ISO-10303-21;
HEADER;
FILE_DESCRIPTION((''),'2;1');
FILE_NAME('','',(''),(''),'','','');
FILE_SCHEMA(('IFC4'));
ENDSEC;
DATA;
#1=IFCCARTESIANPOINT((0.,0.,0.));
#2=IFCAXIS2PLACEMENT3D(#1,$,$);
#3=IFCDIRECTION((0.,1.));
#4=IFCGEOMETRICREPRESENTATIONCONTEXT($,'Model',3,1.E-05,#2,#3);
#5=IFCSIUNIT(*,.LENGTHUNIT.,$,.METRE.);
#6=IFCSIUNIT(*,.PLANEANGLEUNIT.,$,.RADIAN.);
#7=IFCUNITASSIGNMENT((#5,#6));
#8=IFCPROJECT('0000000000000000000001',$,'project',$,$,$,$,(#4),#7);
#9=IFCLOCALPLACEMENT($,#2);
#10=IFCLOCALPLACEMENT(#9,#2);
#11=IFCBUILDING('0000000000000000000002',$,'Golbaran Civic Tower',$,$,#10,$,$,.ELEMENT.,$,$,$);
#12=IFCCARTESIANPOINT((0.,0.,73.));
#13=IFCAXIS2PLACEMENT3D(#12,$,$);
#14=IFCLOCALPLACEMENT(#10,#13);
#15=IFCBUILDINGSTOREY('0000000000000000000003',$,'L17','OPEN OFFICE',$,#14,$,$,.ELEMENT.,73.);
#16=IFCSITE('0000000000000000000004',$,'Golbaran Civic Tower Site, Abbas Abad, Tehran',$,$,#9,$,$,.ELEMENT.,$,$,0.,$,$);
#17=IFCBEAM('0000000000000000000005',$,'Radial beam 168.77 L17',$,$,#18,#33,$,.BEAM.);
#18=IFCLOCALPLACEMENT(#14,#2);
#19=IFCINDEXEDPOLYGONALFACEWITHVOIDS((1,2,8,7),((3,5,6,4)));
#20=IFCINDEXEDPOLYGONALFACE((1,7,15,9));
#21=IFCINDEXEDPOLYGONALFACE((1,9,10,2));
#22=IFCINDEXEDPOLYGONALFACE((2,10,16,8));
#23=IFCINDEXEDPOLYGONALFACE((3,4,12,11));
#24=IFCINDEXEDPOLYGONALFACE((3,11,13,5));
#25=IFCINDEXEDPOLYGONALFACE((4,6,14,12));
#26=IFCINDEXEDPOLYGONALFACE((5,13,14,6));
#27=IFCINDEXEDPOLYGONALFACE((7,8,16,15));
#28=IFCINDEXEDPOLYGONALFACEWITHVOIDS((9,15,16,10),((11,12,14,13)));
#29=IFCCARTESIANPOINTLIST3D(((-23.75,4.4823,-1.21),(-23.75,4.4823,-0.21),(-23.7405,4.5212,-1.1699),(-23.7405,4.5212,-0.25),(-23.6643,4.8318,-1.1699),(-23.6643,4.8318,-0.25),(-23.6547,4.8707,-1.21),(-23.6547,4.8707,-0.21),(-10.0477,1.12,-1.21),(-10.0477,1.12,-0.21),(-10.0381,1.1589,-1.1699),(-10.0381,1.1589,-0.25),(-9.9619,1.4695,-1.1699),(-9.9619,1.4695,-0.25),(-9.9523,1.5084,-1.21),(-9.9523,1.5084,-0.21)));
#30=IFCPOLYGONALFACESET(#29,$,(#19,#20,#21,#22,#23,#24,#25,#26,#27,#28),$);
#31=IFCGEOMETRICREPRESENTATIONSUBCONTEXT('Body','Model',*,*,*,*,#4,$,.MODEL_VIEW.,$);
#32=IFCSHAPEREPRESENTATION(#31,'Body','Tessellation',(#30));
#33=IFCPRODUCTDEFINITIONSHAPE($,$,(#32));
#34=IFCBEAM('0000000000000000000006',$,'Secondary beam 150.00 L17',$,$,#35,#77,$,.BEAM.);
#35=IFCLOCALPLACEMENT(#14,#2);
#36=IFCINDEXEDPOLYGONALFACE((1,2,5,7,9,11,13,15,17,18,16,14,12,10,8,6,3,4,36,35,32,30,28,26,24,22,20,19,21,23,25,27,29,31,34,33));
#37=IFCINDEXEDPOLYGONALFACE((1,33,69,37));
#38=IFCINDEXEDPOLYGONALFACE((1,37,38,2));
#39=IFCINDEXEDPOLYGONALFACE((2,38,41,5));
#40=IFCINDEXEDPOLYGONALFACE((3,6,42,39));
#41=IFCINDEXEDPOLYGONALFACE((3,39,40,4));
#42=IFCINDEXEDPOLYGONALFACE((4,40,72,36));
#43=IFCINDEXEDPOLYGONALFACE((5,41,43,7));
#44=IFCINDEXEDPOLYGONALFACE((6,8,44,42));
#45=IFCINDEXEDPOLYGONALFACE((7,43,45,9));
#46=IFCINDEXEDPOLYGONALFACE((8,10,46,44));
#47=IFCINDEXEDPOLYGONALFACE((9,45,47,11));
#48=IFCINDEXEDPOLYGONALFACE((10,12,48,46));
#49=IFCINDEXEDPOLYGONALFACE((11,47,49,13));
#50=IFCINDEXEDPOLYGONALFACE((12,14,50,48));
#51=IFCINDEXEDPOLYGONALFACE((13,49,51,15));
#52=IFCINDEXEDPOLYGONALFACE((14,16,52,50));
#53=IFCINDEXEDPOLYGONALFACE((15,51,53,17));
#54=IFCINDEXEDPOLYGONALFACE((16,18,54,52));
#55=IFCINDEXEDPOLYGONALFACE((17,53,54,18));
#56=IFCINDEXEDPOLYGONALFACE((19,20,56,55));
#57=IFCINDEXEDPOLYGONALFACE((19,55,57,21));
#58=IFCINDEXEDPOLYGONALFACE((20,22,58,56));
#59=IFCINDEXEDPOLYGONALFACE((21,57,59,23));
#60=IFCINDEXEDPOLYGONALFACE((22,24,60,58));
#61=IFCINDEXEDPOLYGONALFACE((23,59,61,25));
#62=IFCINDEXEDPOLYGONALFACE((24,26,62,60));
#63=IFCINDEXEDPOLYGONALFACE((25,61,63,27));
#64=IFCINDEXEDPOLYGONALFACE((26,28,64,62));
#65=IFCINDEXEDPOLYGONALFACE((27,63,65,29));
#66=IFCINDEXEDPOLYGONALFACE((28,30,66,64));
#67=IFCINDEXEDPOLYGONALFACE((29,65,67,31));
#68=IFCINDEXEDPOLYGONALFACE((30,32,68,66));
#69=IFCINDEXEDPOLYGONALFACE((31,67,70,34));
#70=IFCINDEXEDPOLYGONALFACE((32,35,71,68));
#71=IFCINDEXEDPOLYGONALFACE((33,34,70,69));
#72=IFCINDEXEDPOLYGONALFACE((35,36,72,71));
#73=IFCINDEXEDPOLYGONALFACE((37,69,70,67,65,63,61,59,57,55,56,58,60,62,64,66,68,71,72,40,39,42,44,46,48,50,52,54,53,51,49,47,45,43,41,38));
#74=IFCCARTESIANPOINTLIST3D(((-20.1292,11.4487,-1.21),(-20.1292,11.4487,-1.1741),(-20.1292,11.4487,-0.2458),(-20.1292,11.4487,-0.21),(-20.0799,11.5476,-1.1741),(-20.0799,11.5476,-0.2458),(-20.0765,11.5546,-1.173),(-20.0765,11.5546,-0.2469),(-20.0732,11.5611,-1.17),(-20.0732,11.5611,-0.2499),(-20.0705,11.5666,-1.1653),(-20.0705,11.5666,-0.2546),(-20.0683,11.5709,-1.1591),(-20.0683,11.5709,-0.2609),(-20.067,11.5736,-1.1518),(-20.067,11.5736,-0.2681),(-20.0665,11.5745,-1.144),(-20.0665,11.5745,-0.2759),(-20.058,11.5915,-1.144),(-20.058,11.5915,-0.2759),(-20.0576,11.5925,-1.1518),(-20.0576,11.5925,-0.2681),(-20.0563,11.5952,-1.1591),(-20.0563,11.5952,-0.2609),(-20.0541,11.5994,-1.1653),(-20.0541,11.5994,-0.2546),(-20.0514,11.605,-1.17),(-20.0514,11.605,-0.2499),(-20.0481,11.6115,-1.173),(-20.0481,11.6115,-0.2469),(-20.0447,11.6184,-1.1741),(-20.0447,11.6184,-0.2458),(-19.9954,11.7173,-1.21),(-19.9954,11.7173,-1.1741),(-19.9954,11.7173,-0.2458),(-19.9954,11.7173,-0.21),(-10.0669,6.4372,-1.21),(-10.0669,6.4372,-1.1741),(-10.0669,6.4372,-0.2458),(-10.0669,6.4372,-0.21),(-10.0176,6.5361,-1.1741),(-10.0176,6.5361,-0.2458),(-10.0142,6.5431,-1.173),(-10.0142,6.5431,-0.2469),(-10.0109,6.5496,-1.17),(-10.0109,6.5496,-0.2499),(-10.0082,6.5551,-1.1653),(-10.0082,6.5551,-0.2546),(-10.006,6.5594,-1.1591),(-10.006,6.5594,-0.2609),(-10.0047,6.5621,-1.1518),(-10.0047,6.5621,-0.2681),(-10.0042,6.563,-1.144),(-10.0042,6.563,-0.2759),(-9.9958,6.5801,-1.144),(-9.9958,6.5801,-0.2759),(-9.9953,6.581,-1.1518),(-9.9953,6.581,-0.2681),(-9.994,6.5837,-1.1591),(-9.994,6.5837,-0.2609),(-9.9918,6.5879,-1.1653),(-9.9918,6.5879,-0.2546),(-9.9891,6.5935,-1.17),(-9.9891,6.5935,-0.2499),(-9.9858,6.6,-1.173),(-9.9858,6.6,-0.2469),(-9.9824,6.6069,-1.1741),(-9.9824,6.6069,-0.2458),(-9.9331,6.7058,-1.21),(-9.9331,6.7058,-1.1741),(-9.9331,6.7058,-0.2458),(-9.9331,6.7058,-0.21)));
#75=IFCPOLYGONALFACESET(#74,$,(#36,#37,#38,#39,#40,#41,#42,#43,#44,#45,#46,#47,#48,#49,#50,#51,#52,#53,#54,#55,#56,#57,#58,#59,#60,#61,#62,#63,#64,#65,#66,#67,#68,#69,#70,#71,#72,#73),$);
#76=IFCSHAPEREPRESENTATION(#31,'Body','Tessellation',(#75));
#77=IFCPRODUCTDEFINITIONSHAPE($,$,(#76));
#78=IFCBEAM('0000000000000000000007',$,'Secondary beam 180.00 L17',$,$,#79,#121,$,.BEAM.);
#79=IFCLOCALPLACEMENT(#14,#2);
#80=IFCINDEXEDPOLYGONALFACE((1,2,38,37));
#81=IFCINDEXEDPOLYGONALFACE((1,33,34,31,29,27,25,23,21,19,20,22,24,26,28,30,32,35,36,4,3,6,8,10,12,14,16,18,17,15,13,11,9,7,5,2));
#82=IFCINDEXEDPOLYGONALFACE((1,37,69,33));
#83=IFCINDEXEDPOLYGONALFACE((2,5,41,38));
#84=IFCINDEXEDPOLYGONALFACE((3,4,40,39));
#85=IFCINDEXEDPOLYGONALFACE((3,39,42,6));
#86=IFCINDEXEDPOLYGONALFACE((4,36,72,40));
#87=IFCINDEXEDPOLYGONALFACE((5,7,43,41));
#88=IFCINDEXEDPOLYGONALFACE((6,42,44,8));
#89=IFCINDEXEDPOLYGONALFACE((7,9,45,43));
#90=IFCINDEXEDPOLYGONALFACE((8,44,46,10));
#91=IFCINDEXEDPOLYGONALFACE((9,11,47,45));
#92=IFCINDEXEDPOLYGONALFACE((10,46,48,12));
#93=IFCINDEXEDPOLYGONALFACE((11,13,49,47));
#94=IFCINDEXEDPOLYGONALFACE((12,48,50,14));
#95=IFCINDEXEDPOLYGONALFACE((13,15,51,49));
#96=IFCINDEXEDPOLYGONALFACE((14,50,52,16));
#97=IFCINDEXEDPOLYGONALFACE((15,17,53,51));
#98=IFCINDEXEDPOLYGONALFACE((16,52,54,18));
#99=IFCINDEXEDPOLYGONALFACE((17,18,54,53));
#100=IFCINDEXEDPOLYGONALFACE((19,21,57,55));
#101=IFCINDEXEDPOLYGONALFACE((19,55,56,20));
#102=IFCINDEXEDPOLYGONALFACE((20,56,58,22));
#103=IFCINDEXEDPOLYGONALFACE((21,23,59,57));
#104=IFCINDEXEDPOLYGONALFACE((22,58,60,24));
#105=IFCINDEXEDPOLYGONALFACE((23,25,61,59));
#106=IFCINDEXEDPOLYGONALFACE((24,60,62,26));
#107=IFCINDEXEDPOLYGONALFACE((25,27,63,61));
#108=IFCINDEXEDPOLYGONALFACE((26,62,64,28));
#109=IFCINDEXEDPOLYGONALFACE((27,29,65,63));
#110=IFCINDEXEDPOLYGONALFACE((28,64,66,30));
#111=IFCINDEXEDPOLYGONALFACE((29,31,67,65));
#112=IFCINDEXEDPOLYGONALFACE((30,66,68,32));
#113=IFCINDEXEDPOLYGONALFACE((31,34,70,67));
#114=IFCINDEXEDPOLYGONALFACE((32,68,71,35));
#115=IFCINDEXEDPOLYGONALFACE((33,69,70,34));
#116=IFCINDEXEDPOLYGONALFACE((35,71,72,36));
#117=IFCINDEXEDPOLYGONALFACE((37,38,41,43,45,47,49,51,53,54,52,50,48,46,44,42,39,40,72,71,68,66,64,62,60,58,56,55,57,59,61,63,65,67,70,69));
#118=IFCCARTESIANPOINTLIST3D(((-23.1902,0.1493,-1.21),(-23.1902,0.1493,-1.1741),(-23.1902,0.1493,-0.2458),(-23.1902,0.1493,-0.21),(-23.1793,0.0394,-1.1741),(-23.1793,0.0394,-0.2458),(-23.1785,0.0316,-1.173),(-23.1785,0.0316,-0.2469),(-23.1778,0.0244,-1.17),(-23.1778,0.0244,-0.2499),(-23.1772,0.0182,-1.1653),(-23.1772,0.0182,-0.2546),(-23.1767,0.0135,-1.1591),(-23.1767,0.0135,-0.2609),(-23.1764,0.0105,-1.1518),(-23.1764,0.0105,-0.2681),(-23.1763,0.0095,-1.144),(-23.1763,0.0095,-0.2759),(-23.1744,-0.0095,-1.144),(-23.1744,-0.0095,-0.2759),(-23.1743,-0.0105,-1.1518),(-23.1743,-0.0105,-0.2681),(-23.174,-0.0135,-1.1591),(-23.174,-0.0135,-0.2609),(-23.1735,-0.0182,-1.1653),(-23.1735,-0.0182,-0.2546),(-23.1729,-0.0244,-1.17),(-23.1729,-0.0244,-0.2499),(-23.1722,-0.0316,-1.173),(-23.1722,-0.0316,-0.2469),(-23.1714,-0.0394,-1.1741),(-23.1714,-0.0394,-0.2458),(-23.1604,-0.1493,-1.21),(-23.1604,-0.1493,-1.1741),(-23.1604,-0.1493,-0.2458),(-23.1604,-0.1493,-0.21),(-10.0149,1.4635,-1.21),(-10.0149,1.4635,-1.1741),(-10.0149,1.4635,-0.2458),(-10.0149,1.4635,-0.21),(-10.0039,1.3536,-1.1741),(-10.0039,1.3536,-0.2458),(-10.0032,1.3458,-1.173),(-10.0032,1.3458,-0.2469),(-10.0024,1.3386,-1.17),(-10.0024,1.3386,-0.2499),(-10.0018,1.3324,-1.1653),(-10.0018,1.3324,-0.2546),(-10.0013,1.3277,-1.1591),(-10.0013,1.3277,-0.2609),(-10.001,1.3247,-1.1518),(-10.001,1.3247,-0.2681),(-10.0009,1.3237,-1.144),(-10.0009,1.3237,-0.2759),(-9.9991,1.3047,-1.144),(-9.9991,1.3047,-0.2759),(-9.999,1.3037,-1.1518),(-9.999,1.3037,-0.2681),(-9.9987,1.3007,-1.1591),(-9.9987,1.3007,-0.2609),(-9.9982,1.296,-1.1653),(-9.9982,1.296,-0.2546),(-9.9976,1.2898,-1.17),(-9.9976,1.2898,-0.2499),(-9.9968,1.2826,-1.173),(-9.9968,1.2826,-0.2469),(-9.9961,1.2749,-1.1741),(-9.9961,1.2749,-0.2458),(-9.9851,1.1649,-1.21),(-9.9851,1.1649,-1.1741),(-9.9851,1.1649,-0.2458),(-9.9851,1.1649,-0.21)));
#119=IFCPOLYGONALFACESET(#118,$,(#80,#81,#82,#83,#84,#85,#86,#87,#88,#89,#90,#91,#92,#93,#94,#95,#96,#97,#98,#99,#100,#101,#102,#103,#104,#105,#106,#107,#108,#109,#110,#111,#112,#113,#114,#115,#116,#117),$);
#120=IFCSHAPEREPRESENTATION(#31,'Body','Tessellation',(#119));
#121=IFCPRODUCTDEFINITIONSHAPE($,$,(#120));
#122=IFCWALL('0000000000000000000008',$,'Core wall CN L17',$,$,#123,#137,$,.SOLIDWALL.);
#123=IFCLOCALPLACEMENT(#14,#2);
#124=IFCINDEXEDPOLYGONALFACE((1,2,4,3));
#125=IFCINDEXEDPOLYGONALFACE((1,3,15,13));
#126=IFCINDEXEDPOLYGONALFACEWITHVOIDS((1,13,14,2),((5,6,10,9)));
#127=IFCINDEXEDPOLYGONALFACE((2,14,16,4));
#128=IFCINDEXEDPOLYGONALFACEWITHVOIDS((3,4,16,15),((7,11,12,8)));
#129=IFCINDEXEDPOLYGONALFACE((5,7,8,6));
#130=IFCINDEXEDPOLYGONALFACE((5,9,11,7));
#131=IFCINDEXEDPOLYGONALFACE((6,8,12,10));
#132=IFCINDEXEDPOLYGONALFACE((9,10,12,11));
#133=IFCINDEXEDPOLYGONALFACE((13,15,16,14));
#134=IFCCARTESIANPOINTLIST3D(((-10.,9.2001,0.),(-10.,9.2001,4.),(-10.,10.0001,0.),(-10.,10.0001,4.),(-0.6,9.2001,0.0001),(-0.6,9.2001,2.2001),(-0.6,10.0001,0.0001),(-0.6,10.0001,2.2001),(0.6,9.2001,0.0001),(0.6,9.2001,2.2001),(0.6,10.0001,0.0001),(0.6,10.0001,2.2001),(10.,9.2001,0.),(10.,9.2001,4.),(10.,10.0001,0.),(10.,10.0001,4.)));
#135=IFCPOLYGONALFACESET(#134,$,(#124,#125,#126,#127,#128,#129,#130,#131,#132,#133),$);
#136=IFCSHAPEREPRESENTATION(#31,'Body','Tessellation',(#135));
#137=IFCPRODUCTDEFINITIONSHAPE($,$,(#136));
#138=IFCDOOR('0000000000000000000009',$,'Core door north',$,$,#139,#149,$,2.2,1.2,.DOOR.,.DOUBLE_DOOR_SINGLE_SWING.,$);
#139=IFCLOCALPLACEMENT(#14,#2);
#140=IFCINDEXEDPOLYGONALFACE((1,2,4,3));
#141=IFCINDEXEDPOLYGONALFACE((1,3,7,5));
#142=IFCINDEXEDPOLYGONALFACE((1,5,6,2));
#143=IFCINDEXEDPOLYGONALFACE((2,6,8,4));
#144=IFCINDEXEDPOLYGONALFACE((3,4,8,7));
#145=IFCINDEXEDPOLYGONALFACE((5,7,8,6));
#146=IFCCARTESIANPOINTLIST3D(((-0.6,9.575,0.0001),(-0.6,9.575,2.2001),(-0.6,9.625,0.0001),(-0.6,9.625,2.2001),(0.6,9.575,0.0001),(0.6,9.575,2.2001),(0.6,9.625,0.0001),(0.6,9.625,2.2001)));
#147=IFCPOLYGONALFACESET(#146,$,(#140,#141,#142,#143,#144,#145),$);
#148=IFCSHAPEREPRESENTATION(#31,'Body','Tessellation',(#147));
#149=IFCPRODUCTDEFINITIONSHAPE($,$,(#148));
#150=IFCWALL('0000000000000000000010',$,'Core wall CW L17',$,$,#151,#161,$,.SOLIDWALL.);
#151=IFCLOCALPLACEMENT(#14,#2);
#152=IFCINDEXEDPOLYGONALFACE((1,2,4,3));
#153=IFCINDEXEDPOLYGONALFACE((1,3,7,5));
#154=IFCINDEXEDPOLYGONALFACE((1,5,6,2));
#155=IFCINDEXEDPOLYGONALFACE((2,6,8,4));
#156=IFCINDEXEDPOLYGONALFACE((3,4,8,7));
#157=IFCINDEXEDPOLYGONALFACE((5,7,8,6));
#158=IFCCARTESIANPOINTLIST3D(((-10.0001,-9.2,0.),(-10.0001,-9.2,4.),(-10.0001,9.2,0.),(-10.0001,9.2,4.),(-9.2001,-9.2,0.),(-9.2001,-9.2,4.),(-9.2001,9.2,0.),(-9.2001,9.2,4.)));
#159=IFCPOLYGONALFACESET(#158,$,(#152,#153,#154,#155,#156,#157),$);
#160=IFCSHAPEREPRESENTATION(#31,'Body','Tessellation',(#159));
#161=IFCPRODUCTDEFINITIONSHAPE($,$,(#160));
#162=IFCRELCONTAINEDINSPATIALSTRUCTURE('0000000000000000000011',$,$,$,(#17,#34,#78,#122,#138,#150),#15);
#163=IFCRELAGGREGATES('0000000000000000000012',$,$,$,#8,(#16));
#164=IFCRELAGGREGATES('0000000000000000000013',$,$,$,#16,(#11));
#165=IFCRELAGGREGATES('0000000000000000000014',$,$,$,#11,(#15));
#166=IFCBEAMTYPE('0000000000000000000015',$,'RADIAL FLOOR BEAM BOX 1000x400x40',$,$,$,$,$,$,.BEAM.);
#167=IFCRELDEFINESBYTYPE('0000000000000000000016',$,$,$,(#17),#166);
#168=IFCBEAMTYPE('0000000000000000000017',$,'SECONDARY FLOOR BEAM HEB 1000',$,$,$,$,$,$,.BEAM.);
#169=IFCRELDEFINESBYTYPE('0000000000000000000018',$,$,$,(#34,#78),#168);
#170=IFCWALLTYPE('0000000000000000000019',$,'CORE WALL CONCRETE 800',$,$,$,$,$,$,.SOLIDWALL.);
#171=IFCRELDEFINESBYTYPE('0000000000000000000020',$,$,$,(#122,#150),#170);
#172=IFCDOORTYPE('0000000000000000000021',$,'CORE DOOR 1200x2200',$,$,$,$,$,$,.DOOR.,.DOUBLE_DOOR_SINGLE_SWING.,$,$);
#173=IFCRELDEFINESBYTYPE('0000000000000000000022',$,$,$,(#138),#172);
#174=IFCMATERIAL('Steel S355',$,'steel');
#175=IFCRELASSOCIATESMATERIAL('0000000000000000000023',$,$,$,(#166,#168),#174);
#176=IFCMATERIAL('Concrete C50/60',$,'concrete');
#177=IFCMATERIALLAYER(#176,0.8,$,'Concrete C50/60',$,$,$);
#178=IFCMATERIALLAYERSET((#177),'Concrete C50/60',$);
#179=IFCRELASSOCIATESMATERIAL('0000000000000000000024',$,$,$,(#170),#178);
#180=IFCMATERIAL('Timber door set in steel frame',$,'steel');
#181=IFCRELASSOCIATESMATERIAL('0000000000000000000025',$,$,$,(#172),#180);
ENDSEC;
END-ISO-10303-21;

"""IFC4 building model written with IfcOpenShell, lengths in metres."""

from ifc_helpers import new_model, si_unit, direction, frame, frame_2d, origin, origin_2d, place, context, subcontext, project, spatial, rectangle, hollow_rectangle, i_section, extrude, material, layer, layer_set, material_profile, profile_set, type_object, element, fill, save


model = new_model("IFC4")

# Units and contexts
model_context = context("Model", 3, precision=1e-05, world=origin(), true_north=direction((0.0, 1.0)))
body_context = subcontext(model_context, "Body", "Model", "MODEL_VIEW")
ifc_project = project(units=[si_unit("LENGTHUNIT", "METRE"), si_unit("PLANEANGLEUNIT", "RADIAN")], contexts=[model_context])

# Site, building, storey
site_placement = place(None, origin())
site = spatial("IfcSite", under=ifc_project, at=site_placement, Name="Golbaran Civic Tower Site, Abbas Abad, Tehran", CompositionType="ELEMENT", RefElevation=0.0)
building_placement = place(site_placement, origin())
building = spatial("IfcBuilding", under=site, at=building_placement, Name="Golbaran Civic Tower", CompositionType="ELEMENT")
storey_placement = place(building_placement, frame((0.0, 0.0, 73.0)))
storey = spatial("IfcBuildingStorey", under=building, at=storey_placement, Name="L17", Description="OPEN OFFICE", CompositionType="ELEMENT", Elevation=73.0)

# Beams
ifc_material_1 = material(Name="Steel S355", Category="steel")
ifc_material_profile_1 = material_profile(ifc_material_1, hollow_rectangle(XDim=0.3999, YDim=1.0, WallThickness=0.04, at=origin_2d()), Name="BOX 1000x400x40")
ifc_profile_set_1 = profile_set([ifc_material_profile_1], Name="Steel S355")
beam_type_1 = type_object("IfcBeamType", Name="RADIAL FLOOR BEAM BOX 1000x400x40", PredefinedType="BEAM", material=ifc_profile_set_1)
beam_1_placement = place(storey_placement, frame((-10.0, 1.3142, -0.71), z_axis=(-0.971189, 0.238311, 0.0), x_axis=(-0.238311, -0.971189, 0.0)))
element("IfcBeam", 1, at=beam_1_placement, inside=storey, type_object=beam_type_1, Name="Radial beam 168.77 L17", PredefinedType="BEAM", context=body_context, shape_type="SweptSolid", body=[
    extrude(hollow_rectangle(XDim=0.3999, YDim=1.0, WallThickness=0.04, at=origin_2d()), origin(), (0.0, 0.0, 1.0), 14.1089),
])
ifc_material_profile_2 = material_profile(ifc_material_1, i_section(OverallWidth=0.3, OverallDepth=1.0, WebThickness=0.019, FlangeThickness=0.0359, FilletRadius=0.03, at=origin_2d()), Name="HEB 1000")
ifc_profile_set_2 = profile_set([ifc_material_profile_2], Name="Steel S355")
beam_type_2 = type_object("IfcBeamType", Name="SECONDARY FLOOR BEAM HEB 1000", PredefinedType="BEAM", material=ifc_profile_set_2)
beam_2_placement = place(storey_placement, frame((-10.0, 6.5715, -0.71), z_axis=(-0.895125, 0.445814, 0.0), x_axis=(-0.445814, -0.895125, 0.0)))
element("IfcBeam", 2, at=beam_2_placement, inside=storey, type_object=beam_type_2, Name="Secondary beam 150.00 L17", PredefinedType="BEAM", context=body_context, shape_type="SweptSolid", body=[
    extrude(i_section(OverallWidth=0.3, OverallDepth=1.0, WebThickness=0.019, FlangeThickness=0.0359, FilletRadius=0.03, at=origin_2d()), origin(), (0.0, 0.0, 1.0), 11.2412),
])
beam_3_placement = place(storey_placement, frame((-10.0, 1.3142, -0.71), z_axis=(-0.995062, -0.099255, 0.0), x_axis=(0.099255, -0.995062, 0.0)))
element("IfcBeam", 3, at=beam_3_placement, inside=storey, type_object=beam_type_2, Name="Secondary beam 180.00 L17", PredefinedType="BEAM", context=body_context, shape_type="SweptSolid", body=[
    extrude(i_section(OverallWidth=0.3, OverallDepth=1.0, WebThickness=0.019, FlangeThickness=0.0359, FilletRadius=0.03, at=origin_2d()), origin(), (0.0, 0.0, 1.0), 13.2407),
])

# Wall, opening, door
ifc_material_2 = material(Name="Concrete C50/60", Category="concrete")
ifc_layer_1 = layer(ifc_material_2, 0.8, Name="Concrete C50/60")
ifc_layer_set_1 = layer_set([ifc_layer_1], Name="Concrete C50/60")
wall_type_1 = type_object("IfcWallType", Name="CORE WALL CONCRETE 800", PredefinedType="SOLIDWALL", material=ifc_layer_set_1)
wall_1_placement = place(storey_placement, frame((-10.0, 9.6001, 0.0), z_axis=(0.0, 0.0, 1.0), x_axis=(1.0, 0.0, 0.0)))
wall_1 = element("IfcWall", 4, at=wall_1_placement, inside=storey, type_object=wall_type_1, Name="Core wall CN L17", PredefinedType="SOLIDWALL", context=body_context, shape_type="SweptSolid", body=[
    extrude(rectangle(XDim=20.0, YDim=0.8, at=frame_2d((10.0, 0.0))), origin(), (0.0, 0.0, 1.0), 4.0),
])
opening_1_placement = place(wall_1_placement, frame((9.3999, 0.0, 0.0)))
opening_1 = element("IfcOpeningElement", 5, at=opening_1_placement, cuts=wall_1, PredefinedType="OPENING", context=body_context, shape_type="SweptSolid", body=[
    extrude(rectangle(XDim=1.2, YDim=2.2, at=frame_2d((0.6001, 1.1001))), frame((0.0, 0.4099, 0.0), z_axis=(0.0, -1.0, 0.0), x_axis=(1.0, 0.0, 0.0)), (0.0, 0.0, 1.0), 0.8201),
])
ifc_material_3 = material(Name="Timber door set in steel frame", Category="steel")
door_type_1 = type_object("IfcDoorType", Name="CORE DOOR 1200x2200", OperationType="DOUBLE_DOOR_SINGLE_SWING", PredefinedType="DOOR", material=ifc_material_3)
door_1_placement = place(opening_1_placement, origin())
door_1 = element("IfcDoor", 6, at=door_1_placement, inside=storey, type_object=door_type_1, Name="Core door north", OperationType="DOUBLE_DOOR_SINGLE_SWING", OverallHeight=2.2, OverallWidth=1.2, PredefinedType="DOOR", context=body_context, shape_type="SweptSolid", body=[
    extrude(rectangle(XDim=1.2, YDim=2.2, at=frame_2d((0.6001, 1.1001))), frame((0.0, 0.0249, 0.0), z_axis=(0.0, -1.0, 0.0), x_axis=(1.0, 0.0, 0.0)), (0.0, 0.0, 1.0), 0.05),
])
fill(opening_1, door_1)

# Wall
wall_2_placement = place(storey_placement, frame((-9.6001, 9.2, 0.0), z_axis=(0.0, 0.0, 1.0), x_axis=(0.0, -1.0, 0.0)))
element("IfcWall", 7, at=wall_2_placement, inside=storey, type_object=wall_type_1, Name="Core wall CW L17", PredefinedType="SOLIDWALL", context=body_context, shape_type="SweptSolid", body=[
    extrude(rectangle(XDim=18.3999, YDim=0.8, at=frame_2d((9.2, 0.0))), origin(), (0.0, 0.0, 1.0), 4.0),
])

save(model, "model.ifc")
